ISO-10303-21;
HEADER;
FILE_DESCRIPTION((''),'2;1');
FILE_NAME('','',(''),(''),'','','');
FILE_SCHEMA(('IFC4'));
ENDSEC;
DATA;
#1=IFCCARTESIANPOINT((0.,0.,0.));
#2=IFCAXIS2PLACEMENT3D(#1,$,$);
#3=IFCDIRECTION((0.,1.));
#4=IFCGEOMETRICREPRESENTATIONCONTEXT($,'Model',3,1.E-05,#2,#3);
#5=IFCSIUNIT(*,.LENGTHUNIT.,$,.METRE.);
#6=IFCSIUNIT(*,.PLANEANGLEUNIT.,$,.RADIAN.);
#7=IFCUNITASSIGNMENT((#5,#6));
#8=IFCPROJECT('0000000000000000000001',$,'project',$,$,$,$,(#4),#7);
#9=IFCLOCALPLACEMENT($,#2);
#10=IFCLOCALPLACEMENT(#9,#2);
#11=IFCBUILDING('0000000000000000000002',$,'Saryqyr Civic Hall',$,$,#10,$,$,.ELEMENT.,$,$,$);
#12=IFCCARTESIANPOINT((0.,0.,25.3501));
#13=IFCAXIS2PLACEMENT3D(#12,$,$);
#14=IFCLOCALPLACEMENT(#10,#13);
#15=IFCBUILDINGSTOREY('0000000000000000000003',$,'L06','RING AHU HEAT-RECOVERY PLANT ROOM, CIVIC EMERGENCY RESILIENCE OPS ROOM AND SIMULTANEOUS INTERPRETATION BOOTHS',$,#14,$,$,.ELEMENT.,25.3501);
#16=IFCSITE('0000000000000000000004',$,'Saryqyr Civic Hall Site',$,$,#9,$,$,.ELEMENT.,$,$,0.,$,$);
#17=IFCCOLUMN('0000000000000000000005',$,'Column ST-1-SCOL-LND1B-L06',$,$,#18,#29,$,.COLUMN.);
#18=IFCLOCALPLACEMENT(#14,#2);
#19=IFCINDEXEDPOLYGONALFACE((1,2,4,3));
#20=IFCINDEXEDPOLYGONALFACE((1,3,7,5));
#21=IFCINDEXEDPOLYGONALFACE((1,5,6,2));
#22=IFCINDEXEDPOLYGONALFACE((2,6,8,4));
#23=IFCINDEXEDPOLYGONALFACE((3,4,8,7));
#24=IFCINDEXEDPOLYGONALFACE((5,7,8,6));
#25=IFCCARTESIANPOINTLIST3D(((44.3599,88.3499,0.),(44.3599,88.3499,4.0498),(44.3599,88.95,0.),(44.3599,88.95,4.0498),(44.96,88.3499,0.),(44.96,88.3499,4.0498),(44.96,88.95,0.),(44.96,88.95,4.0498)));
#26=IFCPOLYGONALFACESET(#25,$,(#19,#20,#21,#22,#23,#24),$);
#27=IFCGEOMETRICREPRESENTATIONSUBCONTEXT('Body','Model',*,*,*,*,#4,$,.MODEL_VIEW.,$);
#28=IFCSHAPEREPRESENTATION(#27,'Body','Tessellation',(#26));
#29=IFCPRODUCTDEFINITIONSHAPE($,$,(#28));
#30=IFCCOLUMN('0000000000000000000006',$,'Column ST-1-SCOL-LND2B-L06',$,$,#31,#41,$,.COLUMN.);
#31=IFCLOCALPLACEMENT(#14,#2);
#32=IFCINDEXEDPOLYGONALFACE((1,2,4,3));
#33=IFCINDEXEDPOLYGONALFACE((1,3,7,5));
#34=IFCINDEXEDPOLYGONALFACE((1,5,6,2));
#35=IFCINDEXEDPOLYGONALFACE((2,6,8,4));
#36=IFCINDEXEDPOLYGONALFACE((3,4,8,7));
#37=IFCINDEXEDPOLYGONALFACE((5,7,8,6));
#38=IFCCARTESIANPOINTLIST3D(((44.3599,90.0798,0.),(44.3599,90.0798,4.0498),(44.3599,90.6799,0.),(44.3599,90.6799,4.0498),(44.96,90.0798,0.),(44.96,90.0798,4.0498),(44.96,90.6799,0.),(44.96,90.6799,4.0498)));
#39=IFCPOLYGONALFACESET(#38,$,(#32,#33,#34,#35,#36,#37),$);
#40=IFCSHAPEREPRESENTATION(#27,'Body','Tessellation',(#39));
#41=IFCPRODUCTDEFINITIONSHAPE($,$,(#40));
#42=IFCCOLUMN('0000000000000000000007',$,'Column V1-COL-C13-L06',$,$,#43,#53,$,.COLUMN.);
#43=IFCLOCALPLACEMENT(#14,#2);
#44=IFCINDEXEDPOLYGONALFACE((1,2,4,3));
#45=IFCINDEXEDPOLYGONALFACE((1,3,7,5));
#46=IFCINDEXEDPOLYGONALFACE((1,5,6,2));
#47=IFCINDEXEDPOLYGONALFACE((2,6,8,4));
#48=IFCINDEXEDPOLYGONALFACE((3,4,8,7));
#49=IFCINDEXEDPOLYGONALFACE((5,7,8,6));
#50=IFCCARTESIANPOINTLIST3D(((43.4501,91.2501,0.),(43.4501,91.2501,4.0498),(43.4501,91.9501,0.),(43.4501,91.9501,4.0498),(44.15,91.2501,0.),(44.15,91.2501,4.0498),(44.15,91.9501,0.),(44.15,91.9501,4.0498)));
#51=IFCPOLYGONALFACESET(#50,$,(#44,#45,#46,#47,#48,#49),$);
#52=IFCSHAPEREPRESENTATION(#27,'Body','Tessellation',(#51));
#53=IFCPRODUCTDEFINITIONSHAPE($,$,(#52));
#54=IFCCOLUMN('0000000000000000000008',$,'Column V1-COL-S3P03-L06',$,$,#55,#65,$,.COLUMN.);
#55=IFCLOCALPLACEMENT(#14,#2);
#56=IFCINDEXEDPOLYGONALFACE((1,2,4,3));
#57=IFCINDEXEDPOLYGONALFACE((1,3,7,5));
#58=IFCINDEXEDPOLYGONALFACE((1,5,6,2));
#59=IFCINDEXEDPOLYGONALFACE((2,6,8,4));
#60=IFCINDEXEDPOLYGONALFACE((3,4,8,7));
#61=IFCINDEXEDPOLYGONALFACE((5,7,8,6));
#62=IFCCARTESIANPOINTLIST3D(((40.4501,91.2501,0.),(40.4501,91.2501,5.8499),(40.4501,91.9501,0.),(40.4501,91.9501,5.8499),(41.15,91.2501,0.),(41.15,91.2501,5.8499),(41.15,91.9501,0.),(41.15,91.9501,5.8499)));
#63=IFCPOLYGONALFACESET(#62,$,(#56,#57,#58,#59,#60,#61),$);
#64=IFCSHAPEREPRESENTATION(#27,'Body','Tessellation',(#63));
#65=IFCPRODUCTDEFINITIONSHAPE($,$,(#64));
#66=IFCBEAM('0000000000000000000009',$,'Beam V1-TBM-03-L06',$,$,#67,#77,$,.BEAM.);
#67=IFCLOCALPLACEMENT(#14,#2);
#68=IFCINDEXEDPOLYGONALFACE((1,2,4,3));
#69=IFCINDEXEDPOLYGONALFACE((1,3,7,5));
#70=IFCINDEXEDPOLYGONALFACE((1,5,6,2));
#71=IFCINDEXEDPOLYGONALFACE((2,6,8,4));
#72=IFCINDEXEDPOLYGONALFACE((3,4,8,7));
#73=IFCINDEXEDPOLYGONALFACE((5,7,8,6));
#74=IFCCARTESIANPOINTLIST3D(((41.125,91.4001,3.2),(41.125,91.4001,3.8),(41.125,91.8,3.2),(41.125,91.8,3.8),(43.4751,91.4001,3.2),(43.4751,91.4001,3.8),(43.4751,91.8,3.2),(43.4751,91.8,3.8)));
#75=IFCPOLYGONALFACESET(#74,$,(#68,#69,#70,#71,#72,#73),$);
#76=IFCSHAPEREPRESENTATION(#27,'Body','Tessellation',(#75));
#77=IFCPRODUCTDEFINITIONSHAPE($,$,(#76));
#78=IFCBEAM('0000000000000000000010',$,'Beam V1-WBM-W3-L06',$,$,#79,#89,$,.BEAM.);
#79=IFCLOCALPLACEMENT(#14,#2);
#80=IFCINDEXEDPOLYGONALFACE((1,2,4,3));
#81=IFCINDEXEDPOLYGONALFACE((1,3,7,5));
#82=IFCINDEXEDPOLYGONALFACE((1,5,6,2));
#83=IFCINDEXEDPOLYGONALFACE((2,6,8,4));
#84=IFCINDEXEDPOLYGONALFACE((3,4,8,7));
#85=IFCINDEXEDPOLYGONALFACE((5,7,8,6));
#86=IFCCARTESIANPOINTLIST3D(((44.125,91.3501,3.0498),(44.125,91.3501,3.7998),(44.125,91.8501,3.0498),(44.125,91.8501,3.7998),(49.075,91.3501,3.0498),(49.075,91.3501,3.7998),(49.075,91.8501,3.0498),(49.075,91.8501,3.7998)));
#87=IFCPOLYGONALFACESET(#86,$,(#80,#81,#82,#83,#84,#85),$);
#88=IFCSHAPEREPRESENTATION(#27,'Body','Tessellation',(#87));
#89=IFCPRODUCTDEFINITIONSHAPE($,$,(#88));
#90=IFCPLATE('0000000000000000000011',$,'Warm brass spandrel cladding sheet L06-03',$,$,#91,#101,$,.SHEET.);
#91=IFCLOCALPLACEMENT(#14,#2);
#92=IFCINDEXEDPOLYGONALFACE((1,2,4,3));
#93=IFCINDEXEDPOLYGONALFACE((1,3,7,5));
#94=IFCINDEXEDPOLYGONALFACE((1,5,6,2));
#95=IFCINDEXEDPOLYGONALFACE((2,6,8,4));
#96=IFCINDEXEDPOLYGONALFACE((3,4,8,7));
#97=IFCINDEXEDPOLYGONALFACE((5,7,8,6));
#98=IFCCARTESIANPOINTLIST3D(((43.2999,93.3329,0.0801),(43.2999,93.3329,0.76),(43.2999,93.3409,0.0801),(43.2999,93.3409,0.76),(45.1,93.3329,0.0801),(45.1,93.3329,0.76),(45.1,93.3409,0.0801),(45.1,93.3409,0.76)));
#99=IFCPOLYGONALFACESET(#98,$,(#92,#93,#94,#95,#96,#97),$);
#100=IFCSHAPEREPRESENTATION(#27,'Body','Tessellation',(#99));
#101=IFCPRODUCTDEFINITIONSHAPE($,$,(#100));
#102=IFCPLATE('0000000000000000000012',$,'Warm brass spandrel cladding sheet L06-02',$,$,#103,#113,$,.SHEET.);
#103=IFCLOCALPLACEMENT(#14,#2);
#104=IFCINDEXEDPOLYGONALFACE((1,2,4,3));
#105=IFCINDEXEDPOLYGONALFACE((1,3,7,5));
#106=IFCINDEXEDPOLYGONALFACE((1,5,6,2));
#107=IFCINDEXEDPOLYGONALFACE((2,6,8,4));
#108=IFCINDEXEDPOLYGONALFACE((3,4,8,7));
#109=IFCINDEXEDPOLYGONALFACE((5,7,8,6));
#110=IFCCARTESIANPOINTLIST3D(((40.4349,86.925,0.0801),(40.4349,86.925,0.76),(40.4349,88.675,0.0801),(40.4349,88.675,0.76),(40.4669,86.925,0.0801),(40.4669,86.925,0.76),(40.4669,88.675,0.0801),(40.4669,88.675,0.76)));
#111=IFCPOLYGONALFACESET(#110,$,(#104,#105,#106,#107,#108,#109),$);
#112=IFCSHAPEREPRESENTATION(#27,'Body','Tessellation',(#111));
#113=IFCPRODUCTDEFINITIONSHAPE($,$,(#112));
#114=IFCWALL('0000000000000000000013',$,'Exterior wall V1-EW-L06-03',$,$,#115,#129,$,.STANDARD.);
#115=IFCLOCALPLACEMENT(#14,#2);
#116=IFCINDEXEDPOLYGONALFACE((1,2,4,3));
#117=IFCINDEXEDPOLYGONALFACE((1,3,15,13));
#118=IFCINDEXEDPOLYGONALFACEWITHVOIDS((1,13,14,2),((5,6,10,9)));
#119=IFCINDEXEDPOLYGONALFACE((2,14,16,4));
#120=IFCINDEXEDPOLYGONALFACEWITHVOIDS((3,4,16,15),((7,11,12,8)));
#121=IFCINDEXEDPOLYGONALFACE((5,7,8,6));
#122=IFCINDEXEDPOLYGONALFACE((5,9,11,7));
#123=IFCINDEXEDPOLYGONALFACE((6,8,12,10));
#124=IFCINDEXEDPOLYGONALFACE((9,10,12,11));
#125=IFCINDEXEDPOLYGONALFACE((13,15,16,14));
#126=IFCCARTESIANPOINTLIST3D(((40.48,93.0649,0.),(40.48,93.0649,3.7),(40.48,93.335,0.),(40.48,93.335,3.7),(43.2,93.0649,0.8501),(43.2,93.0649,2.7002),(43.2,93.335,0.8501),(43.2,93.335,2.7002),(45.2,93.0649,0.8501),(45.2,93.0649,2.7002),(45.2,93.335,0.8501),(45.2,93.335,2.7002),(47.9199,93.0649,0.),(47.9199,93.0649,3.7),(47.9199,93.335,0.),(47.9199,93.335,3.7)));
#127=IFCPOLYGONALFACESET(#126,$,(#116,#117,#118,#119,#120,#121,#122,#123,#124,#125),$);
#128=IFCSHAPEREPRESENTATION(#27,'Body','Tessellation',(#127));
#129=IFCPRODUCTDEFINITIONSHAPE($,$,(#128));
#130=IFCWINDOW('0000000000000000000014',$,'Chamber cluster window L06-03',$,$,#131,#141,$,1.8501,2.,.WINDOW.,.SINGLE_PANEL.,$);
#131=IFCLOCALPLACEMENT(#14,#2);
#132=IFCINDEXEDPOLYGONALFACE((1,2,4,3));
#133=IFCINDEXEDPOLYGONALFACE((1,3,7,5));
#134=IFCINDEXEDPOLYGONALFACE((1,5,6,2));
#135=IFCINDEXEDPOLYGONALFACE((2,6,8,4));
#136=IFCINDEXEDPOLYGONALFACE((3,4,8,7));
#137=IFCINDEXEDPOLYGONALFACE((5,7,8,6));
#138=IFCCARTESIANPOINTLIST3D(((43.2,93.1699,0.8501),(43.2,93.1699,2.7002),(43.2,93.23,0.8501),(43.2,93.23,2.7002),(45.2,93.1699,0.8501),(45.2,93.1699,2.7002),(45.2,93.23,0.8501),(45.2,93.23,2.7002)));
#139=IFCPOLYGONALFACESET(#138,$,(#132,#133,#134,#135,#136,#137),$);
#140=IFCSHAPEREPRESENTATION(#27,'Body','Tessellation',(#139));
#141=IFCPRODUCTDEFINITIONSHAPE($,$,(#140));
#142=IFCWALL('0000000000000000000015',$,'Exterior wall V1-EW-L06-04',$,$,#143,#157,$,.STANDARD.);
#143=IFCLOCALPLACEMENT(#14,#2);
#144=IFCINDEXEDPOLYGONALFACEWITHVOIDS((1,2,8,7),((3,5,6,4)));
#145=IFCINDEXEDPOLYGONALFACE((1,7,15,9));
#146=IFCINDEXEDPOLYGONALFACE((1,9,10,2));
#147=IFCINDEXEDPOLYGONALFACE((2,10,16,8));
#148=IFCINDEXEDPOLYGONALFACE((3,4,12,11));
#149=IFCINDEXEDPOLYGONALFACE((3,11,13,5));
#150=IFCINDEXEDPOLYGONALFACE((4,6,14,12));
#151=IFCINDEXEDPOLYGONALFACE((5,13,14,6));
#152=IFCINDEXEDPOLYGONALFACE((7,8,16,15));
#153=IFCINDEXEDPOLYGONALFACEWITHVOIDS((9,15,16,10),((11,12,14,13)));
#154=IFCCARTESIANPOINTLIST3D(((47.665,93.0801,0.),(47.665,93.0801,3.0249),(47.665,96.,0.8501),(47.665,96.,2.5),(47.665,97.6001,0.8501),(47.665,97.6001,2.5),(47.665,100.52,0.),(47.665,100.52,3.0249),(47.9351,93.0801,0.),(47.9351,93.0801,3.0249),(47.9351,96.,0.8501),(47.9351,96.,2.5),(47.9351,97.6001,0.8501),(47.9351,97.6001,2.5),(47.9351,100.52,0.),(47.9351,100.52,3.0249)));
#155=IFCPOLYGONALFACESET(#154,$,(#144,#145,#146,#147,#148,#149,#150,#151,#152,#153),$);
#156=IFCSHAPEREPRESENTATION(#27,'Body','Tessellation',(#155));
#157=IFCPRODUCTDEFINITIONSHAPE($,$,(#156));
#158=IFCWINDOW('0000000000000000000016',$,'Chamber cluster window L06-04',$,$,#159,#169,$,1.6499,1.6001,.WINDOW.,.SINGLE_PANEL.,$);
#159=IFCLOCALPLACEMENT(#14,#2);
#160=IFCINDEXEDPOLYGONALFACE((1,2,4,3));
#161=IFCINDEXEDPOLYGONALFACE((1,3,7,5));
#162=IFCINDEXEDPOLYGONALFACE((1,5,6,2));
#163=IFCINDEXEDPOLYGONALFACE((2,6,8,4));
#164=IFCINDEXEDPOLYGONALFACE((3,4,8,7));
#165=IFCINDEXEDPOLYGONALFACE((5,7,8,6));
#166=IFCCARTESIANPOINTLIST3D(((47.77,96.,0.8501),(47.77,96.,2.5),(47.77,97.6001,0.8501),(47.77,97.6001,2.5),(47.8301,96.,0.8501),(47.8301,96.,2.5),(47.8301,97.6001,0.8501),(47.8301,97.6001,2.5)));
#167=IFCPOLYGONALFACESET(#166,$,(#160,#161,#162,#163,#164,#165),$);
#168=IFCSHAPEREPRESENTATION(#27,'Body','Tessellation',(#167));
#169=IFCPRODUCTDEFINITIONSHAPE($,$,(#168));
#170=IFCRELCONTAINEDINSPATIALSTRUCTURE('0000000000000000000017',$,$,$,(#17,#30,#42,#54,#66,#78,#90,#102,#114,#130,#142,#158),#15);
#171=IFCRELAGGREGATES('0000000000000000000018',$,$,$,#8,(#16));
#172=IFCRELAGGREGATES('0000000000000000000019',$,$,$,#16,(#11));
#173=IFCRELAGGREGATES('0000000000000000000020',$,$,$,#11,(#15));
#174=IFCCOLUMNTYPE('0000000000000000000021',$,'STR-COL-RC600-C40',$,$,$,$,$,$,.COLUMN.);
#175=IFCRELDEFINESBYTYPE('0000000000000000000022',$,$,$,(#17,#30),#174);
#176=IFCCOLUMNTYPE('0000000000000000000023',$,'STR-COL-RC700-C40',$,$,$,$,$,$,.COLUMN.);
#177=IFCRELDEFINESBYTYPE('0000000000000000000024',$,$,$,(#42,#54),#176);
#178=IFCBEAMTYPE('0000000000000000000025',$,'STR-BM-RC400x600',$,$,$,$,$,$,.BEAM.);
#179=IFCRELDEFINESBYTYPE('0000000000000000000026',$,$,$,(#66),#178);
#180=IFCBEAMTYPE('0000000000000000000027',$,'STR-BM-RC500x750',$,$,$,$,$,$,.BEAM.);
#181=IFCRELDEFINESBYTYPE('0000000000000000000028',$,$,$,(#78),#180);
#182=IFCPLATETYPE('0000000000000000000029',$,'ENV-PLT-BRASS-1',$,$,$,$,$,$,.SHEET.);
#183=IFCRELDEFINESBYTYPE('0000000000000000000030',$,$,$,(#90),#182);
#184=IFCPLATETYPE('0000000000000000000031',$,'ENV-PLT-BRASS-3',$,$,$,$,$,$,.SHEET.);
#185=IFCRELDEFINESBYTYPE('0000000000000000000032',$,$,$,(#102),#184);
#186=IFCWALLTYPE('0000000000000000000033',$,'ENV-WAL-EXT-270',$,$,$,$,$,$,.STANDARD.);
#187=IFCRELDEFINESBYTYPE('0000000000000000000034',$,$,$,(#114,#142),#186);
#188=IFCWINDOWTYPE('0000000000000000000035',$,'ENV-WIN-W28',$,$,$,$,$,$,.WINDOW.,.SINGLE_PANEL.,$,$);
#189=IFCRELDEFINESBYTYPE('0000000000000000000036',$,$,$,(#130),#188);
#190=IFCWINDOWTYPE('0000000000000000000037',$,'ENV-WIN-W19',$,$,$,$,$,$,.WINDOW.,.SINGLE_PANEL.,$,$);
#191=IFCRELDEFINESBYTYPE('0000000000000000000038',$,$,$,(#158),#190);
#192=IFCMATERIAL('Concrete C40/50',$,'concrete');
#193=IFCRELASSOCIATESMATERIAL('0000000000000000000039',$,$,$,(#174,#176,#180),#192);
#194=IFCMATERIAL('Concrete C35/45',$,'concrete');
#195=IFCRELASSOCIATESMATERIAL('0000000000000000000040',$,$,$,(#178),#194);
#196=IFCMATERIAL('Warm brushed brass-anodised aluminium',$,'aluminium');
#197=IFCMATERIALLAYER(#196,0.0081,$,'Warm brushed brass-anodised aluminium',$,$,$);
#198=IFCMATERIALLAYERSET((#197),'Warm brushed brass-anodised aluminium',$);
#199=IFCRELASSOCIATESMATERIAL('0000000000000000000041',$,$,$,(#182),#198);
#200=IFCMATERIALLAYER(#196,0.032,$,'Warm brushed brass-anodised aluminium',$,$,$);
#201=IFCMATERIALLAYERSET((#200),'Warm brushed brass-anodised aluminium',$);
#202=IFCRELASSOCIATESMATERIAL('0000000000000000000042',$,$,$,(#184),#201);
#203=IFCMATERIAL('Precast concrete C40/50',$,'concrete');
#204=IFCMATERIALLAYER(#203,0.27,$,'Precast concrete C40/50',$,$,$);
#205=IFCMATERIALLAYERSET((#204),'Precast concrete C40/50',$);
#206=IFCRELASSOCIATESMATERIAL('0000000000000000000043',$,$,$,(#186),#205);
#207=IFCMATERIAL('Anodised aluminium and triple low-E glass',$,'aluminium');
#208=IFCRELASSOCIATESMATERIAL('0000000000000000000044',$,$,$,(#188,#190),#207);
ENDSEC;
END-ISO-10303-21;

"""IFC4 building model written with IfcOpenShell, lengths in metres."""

from ifc_helpers import new_model, si_unit, direction, frame, frame_2d, origin, origin_2d, place, context, subcontext, project, spatial, rectangle, extrude, material, layer, layer_set, material_profile, profile_set, type_object, element, fill, save


model = new_model("IFC4")

# Units and contexts
model_context = context("Model", 3, precision=1e-05, world=origin(), true_north=direction((0.0, 1.0)))
body_context = subcontext(model_context, "Body", "Model", "MODEL_VIEW")
ifc_project = project(units=[si_unit("LENGTHUNIT", "METRE"), si_unit("PLANEANGLEUNIT", "RADIAN")], contexts=[model_context])

# Site, building, storey
site_placement = place(None, origin())
site = spatial("IfcSite", under=ifc_project, at=site_placement, Name="Saryqyr Civic Hall Site", CompositionType="ELEMENT", RefElevation=0.0)
building_placement = place(site_placement, origin())
building = spatial("IfcBuilding", under=site, at=building_placement, Name="Saryqyr Civic Hall", CompositionType="ELEMENT")
storey_placement = place(building_placement, frame((0.0, 0.0, 25.3501)))
storey = spatial("IfcBuildingStorey", under=building, at=storey_placement, Name="L06", Description="RING AHU HEAT-RECOVERY PLANT ROOM, CIVIC EMERGENCY RESILIENCE OPS ROOM AND SIMULTANEOUS INTERPRETATION BOOTHS", CompositionType="ELEMENT", Elevation=25.3501)

# Columns
ifc_material_1 = material(Name="Concrete C40/50", Category="concrete")
ifc_material_profile_1 = material_profile(ifc_material_1, rectangle(XDim=0.6001, YDim=0.6001, at=origin_2d()), Name="RC 600x600")
ifc_profile_set_1 = profile_set([ifc_material_profile_1], Name="Concrete C40/50")
column_type_1 = type_object("IfcColumnType", Name="STR-COL-RC600-C40", PredefinedType="COLUMN", material=ifc_profile_set_1)
for number, where, z_axis, x_axis, name in (
    (1, (44.6599, 88.6499, 0.0), (0.0, 0.0, 1.0), (1.0, 0.0, 0.0), "Column ST-1-SCOL-LND1B-L06"),
    (2, (44.6599, 90.3799, 0.0), (0.0, 0.0, 1.0), (1.0, 0.0, 0.0), "Column ST-1-SCOL-LND2B-L06"),
):
    element("IfcColumn", number, at=place(storey_placement, frame(where, z_axis=z_axis, x_axis=x_axis)), inside=storey, type_object=column_type_1, Name=name, PredefinedType="COLUMN", context=body_context, shape_type="SweptSolid", body=[
        extrude(rectangle(XDim=0.6001, YDim=0.6001, at=origin_2d()), origin(), (0.0, 0.0, 1.0), 4.0498),
    ])
ifc_material_profile_2 = material_profile(ifc_material_1, rectangle(XDim=0.7, YDim=0.7, at=origin_2d()), Name="RC 700x700")
ifc_profile_set_2 = profile_set([ifc_material_profile_2], Name="Concrete C40/50")
column_type_2 = type_object("IfcColumnType", Name="STR-COL-RC700-C40", PredefinedType="COLUMN", material=ifc_profile_set_2)
column_1_placement = place(storey_placement, frame((43.8, 91.6001, 0.0), z_axis=(0.0, 0.0, 1.0), x_axis=(1.0, 0.0, 0.0)))
element("IfcColumn", 3, at=column_1_placement, inside=storey, type_object=column_type_2, Name="Column V1-COL-C13-L06", PredefinedType="COLUMN", context=body_context, shape_type="SweptSolid", body=[
    extrude(rectangle(XDim=0.7, YDim=0.7, at=origin_2d()), origin(), (0.0, 0.0, 1.0), 4.0498),
])
column_2_placement = place(storey_placement, frame((40.8, 91.6001, 0.0), z_axis=(0.0, 0.0, 1.0), x_axis=(1.0, 0.0, 0.0)))
element("IfcColumn", 4, at=column_2_placement, inside=storey, type_object=column_type_2, Name="Column V1-COL-S3P03-L06", PredefinedType="COLUMN", context=body_context, shape_type="SweptSolid", body=[
    extrude(rectangle(XDim=0.7, YDim=0.7, at=origin_2d()), origin(), (0.0, 0.0, 1.0), 5.8499),
])

# Beams
ifc_material_2 = material(Name="Concrete C35/45", Category="concrete")
ifc_material_profile_3 = material_profile(ifc_material_2, rectangle(XDim=0.3999, YDim=0.6001, at=origin_2d()), Name="RC 400x600")
ifc_profile_set_3 = profile_set([ifc_material_profile_3], Name="Concrete C35/45")
beam_type_1 = type_object("IfcBeamType", Name="STR-BM-RC400x600", PredefinedType="BEAM", material=ifc_profile_set_3)
beam_1_placement = place(storey_placement, frame((41.125, 91.6001, 3.5), z_axis=(1.0, 0.0, 0.0), x_axis=(0.0, 1.0, 0.0)))
element("IfcBeam", 5, at=beam_1_placement, inside=storey, type_object=beam_type_1, Name="Beam V1-TBM-03-L06", PredefinedType="BEAM", context=body_context, shape_type="SweptSolid", body=[
    extrude(rectangle(XDim=0.3999, YDim=0.6001, at=origin_2d()), origin(), (0.0, 0.0, 1.0), 2.3501),
])
ifc_material_profile_4 = material_profile(ifc_material_1, rectangle(XDim=0.5, YDim=0.75, at=origin_2d()), Name="RC 500x750")
ifc_profile_set_4 = profile_set([ifc_material_profile_4], Name="Concrete C40/50")
beam_type_2 = type_object("IfcBeamType", Name="STR-BM-RC500x750", PredefinedType="BEAM", material=ifc_profile_set_4)
beam_2_placement = place(storey_placement, frame((44.125, 91.6001, 3.4248), z_axis=(1.0, 0.0, 0.0), x_axis=(0.0, 1.0, 0.0)))
element("IfcBeam", 6, at=beam_2_placement, inside=storey, type_object=beam_type_2, Name="Beam V1-WBM-W3-L06", PredefinedType="BEAM", context=body_context, shape_type="SweptSolid", body=[
    extrude(rectangle(XDim=0.5, YDim=0.75, at=origin_2d()), origin(), (0.0, 0.0, 1.0), 4.95),
])

# Plates
ifc_material_3 = material(Name="Warm brushed brass-anodised aluminium", Category="aluminium")
ifc_layer_1 = layer(ifc_material_3, 0.0081, Name="Warm brushed brass-anodised aluminium")
ifc_layer_set_1 = layer_set([ifc_layer_1], Name="Warm brushed brass-anodised aluminium")
plate_type_1 = type_object("IfcPlateType", Name="ENV-PLT-BRASS-1", PredefinedType="SHEET", material=ifc_layer_set_1)
plate_1_placement = place(storey_placement, frame((44.2, 93.3369, 0.0801), z_axis=(0.0, 0.0, 1.0), x_axis=(1.0, 0.0, 0.0)))
element("IfcPlate", 7, at=plate_1_placement, inside=storey, type_object=plate_type_1, Name="Warm brass spandrel cladding sheet L06-03", PredefinedType="SHEET", context=body_context, shape_type="SweptSolid", body=[
    extrude(rectangle(XDim=1.8, YDim=0.0081, at=origin_2d()), origin(), (0.0, 0.0, 1.0), 0.6799),
])
ifc_layer_2 = layer(ifc_material_3, 0.032, Name="Warm brushed brass-anodised aluminium")
ifc_layer_set_2 = layer_set([ifc_layer_2], Name="Warm brushed brass-anodised aluminium")
plate_type_2 = type_object("IfcPlateType", Name="ENV-PLT-BRASS-3", PredefinedType="SHEET", material=ifc_layer_set_2)
plate_2_placement = place(storey_placement, frame((40.4509, 87.8, 0.0801), z_axis=(0.0, 0.0, 1.0), x_axis=(0.0, 1.0, 0.0)))
element("IfcPlate", 8, at=plate_2_placement, inside=storey, type_object=plate_type_2, Name="Warm brass spandrel cladding sheet L06-02", PredefinedType="SHEET", context=body_context, shape_type="SweptSolid", body=[
    extrude(rectangle(XDim=1.75, YDim=0.032, at=origin_2d()), origin(), (0.0, 0.0, 1.0), 0.6799),
])

# Walls, openings, windows
ifc_material_4 = material(Name="Precast concrete C40/50", Category="concrete")
ifc_layer_3 = layer(ifc_material_4, 0.27, Name="Precast concrete C40/50")
ifc_layer_set_3 = layer_set([ifc_layer_3], Name="Precast concrete C40/50")
wall_type_1 = type_object("IfcWallType", Name="ENV-WAL-EXT-270", PredefinedType="STANDARD", material=ifc_layer_set_3)
wall_1_placement = place(storey_placement, frame((40.48, 93.2, 0.0), z_axis=(0.0, 0.0, 1.0), x_axis=(1.0, 0.0, 0.0)))
wall_1 = element("IfcWall", 9, at=wall_1_placement, inside=storey, type_object=wall_type_1, Name="Exterior wall V1-EW-L06-03", PredefinedType="STANDARD", context=body_context, shape_type="SweptSolid", body=[
    extrude(rectangle(XDim=7.4399, YDim=0.27, at=frame_2d((3.72, 0.0))), origin(), (0.0, 0.0, 1.0), 3.7),
])
opening_1_placement = place(wall_1_placement, frame((2.72, 0.0, 0.8501)))
opening_1 = element("IfcOpeningElement", 10, at=opening_1_placement, cuts=wall_1, PredefinedType="OPENING", context=body_context, shape_type="SweptSolid", body=[
    extrude(rectangle(XDim=2.0, YDim=1.8501, at=frame_2d((1.0, 0.925))), frame((0.0, 0.145, 0.0), z_axis=(0.0, -1.0, 0.0), x_axis=(1.0, 0.0, 0.0)), (0.0, 0.0, 1.0), 0.29),
])
ifc_material_5 = material(Name="Anodised aluminium and triple low-E glass", Category="aluminium")
window_type_1 = type_object("IfcWindowType", Name="ENV-WIN-W28", PartitioningType="SINGLE_PANEL", PredefinedType="WINDOW", material=ifc_material_5)
window_1_placement = place(opening_1_placement, origin())
window_1 = element("IfcWindow", 11, at=window_1_placement, inside=storey, type_object=window_type_1, Name="Chamber cluster window L06-03", OverallHeight=1.8501, OverallWidth=2.0, PartitioningType="SINGLE_PANEL", PredefinedType="WINDOW", context=body_context, shape_type="SweptSolid", body=[
    extrude(rectangle(XDim=2.0, YDim=1.8501, at=frame_2d((1.0, 0.925))), frame((0.0, 0.03, 0.0), z_axis=(0.0, -1.0, 0.0), x_axis=(1.0, 0.0, 0.0)), (0.0, 0.0, 1.0), 0.0601),
])
fill(opening_1, window_1)
wall_2_placement = place(storey_placement, frame((47.8, 93.0801, 0.0), z_axis=(0.0, 0.0, 1.0), x_axis=(0.0, 1.0, 0.0)))
wall_2 = element("IfcWall", 12, at=wall_2_placement, inside=storey, type_object=wall_type_1, Name="Exterior wall V1-EW-L06-04", PredefinedType="STANDARD", context=body_context, shape_type="SweptSolid", body=[
    extrude(rectangle(XDim=7.4399, YDim=0.27, at=frame_2d((3.72, 0.0))), origin(), (0.0, 0.0, 1.0), 3.0249),
])
opening_2_placement = place(wall_2_placement, frame((2.9199, 0.0, 0.8501)))
opening_2 = element("IfcOpeningElement", 13, at=opening_2_placement, cuts=wall_2, PredefinedType="OPENING", context=body_context, shape_type="SweptSolid", body=[
    extrude(rectangle(XDim=1.6001, YDim=1.6499, at=frame_2d((0.8, 0.825))), frame((0.0, 0.145, 0.0), z_axis=(0.0, -1.0, 0.0), x_axis=(1.0, 0.0, 0.0)), (0.0, 0.0, 1.0), 0.29),
])
window_type_2 = type_object("IfcWindowType", Name="ENV-WIN-W19", PartitioningType="SINGLE_PANEL", PredefinedType="WINDOW", material=ifc_material_5)
window_2_placement = place(opening_2_placement, origin())
window_2 = element("IfcWindow", 14, at=window_2_placement, inside=storey, type_object=window_type_2, Name="Chamber cluster window L06-04", OverallHeight=1.6499, OverallWidth=1.6001, PartitioningType="SINGLE_PANEL", PredefinedType="WINDOW", context=body_context, shape_type="SweptSolid", body=[
    extrude(rectangle(XDim=1.6001, YDim=1.6499, at=frame_2d((0.8, 0.825))), frame((0.0, 0.03, 0.0), z_axis=(0.0, -1.0, 0.0), x_axis=(1.0, 0.0, 0.0)), (0.0, 0.0, 1.0), 0.0601),
])
fill(opening_2, window_2)

save(model, "model.ifc")
